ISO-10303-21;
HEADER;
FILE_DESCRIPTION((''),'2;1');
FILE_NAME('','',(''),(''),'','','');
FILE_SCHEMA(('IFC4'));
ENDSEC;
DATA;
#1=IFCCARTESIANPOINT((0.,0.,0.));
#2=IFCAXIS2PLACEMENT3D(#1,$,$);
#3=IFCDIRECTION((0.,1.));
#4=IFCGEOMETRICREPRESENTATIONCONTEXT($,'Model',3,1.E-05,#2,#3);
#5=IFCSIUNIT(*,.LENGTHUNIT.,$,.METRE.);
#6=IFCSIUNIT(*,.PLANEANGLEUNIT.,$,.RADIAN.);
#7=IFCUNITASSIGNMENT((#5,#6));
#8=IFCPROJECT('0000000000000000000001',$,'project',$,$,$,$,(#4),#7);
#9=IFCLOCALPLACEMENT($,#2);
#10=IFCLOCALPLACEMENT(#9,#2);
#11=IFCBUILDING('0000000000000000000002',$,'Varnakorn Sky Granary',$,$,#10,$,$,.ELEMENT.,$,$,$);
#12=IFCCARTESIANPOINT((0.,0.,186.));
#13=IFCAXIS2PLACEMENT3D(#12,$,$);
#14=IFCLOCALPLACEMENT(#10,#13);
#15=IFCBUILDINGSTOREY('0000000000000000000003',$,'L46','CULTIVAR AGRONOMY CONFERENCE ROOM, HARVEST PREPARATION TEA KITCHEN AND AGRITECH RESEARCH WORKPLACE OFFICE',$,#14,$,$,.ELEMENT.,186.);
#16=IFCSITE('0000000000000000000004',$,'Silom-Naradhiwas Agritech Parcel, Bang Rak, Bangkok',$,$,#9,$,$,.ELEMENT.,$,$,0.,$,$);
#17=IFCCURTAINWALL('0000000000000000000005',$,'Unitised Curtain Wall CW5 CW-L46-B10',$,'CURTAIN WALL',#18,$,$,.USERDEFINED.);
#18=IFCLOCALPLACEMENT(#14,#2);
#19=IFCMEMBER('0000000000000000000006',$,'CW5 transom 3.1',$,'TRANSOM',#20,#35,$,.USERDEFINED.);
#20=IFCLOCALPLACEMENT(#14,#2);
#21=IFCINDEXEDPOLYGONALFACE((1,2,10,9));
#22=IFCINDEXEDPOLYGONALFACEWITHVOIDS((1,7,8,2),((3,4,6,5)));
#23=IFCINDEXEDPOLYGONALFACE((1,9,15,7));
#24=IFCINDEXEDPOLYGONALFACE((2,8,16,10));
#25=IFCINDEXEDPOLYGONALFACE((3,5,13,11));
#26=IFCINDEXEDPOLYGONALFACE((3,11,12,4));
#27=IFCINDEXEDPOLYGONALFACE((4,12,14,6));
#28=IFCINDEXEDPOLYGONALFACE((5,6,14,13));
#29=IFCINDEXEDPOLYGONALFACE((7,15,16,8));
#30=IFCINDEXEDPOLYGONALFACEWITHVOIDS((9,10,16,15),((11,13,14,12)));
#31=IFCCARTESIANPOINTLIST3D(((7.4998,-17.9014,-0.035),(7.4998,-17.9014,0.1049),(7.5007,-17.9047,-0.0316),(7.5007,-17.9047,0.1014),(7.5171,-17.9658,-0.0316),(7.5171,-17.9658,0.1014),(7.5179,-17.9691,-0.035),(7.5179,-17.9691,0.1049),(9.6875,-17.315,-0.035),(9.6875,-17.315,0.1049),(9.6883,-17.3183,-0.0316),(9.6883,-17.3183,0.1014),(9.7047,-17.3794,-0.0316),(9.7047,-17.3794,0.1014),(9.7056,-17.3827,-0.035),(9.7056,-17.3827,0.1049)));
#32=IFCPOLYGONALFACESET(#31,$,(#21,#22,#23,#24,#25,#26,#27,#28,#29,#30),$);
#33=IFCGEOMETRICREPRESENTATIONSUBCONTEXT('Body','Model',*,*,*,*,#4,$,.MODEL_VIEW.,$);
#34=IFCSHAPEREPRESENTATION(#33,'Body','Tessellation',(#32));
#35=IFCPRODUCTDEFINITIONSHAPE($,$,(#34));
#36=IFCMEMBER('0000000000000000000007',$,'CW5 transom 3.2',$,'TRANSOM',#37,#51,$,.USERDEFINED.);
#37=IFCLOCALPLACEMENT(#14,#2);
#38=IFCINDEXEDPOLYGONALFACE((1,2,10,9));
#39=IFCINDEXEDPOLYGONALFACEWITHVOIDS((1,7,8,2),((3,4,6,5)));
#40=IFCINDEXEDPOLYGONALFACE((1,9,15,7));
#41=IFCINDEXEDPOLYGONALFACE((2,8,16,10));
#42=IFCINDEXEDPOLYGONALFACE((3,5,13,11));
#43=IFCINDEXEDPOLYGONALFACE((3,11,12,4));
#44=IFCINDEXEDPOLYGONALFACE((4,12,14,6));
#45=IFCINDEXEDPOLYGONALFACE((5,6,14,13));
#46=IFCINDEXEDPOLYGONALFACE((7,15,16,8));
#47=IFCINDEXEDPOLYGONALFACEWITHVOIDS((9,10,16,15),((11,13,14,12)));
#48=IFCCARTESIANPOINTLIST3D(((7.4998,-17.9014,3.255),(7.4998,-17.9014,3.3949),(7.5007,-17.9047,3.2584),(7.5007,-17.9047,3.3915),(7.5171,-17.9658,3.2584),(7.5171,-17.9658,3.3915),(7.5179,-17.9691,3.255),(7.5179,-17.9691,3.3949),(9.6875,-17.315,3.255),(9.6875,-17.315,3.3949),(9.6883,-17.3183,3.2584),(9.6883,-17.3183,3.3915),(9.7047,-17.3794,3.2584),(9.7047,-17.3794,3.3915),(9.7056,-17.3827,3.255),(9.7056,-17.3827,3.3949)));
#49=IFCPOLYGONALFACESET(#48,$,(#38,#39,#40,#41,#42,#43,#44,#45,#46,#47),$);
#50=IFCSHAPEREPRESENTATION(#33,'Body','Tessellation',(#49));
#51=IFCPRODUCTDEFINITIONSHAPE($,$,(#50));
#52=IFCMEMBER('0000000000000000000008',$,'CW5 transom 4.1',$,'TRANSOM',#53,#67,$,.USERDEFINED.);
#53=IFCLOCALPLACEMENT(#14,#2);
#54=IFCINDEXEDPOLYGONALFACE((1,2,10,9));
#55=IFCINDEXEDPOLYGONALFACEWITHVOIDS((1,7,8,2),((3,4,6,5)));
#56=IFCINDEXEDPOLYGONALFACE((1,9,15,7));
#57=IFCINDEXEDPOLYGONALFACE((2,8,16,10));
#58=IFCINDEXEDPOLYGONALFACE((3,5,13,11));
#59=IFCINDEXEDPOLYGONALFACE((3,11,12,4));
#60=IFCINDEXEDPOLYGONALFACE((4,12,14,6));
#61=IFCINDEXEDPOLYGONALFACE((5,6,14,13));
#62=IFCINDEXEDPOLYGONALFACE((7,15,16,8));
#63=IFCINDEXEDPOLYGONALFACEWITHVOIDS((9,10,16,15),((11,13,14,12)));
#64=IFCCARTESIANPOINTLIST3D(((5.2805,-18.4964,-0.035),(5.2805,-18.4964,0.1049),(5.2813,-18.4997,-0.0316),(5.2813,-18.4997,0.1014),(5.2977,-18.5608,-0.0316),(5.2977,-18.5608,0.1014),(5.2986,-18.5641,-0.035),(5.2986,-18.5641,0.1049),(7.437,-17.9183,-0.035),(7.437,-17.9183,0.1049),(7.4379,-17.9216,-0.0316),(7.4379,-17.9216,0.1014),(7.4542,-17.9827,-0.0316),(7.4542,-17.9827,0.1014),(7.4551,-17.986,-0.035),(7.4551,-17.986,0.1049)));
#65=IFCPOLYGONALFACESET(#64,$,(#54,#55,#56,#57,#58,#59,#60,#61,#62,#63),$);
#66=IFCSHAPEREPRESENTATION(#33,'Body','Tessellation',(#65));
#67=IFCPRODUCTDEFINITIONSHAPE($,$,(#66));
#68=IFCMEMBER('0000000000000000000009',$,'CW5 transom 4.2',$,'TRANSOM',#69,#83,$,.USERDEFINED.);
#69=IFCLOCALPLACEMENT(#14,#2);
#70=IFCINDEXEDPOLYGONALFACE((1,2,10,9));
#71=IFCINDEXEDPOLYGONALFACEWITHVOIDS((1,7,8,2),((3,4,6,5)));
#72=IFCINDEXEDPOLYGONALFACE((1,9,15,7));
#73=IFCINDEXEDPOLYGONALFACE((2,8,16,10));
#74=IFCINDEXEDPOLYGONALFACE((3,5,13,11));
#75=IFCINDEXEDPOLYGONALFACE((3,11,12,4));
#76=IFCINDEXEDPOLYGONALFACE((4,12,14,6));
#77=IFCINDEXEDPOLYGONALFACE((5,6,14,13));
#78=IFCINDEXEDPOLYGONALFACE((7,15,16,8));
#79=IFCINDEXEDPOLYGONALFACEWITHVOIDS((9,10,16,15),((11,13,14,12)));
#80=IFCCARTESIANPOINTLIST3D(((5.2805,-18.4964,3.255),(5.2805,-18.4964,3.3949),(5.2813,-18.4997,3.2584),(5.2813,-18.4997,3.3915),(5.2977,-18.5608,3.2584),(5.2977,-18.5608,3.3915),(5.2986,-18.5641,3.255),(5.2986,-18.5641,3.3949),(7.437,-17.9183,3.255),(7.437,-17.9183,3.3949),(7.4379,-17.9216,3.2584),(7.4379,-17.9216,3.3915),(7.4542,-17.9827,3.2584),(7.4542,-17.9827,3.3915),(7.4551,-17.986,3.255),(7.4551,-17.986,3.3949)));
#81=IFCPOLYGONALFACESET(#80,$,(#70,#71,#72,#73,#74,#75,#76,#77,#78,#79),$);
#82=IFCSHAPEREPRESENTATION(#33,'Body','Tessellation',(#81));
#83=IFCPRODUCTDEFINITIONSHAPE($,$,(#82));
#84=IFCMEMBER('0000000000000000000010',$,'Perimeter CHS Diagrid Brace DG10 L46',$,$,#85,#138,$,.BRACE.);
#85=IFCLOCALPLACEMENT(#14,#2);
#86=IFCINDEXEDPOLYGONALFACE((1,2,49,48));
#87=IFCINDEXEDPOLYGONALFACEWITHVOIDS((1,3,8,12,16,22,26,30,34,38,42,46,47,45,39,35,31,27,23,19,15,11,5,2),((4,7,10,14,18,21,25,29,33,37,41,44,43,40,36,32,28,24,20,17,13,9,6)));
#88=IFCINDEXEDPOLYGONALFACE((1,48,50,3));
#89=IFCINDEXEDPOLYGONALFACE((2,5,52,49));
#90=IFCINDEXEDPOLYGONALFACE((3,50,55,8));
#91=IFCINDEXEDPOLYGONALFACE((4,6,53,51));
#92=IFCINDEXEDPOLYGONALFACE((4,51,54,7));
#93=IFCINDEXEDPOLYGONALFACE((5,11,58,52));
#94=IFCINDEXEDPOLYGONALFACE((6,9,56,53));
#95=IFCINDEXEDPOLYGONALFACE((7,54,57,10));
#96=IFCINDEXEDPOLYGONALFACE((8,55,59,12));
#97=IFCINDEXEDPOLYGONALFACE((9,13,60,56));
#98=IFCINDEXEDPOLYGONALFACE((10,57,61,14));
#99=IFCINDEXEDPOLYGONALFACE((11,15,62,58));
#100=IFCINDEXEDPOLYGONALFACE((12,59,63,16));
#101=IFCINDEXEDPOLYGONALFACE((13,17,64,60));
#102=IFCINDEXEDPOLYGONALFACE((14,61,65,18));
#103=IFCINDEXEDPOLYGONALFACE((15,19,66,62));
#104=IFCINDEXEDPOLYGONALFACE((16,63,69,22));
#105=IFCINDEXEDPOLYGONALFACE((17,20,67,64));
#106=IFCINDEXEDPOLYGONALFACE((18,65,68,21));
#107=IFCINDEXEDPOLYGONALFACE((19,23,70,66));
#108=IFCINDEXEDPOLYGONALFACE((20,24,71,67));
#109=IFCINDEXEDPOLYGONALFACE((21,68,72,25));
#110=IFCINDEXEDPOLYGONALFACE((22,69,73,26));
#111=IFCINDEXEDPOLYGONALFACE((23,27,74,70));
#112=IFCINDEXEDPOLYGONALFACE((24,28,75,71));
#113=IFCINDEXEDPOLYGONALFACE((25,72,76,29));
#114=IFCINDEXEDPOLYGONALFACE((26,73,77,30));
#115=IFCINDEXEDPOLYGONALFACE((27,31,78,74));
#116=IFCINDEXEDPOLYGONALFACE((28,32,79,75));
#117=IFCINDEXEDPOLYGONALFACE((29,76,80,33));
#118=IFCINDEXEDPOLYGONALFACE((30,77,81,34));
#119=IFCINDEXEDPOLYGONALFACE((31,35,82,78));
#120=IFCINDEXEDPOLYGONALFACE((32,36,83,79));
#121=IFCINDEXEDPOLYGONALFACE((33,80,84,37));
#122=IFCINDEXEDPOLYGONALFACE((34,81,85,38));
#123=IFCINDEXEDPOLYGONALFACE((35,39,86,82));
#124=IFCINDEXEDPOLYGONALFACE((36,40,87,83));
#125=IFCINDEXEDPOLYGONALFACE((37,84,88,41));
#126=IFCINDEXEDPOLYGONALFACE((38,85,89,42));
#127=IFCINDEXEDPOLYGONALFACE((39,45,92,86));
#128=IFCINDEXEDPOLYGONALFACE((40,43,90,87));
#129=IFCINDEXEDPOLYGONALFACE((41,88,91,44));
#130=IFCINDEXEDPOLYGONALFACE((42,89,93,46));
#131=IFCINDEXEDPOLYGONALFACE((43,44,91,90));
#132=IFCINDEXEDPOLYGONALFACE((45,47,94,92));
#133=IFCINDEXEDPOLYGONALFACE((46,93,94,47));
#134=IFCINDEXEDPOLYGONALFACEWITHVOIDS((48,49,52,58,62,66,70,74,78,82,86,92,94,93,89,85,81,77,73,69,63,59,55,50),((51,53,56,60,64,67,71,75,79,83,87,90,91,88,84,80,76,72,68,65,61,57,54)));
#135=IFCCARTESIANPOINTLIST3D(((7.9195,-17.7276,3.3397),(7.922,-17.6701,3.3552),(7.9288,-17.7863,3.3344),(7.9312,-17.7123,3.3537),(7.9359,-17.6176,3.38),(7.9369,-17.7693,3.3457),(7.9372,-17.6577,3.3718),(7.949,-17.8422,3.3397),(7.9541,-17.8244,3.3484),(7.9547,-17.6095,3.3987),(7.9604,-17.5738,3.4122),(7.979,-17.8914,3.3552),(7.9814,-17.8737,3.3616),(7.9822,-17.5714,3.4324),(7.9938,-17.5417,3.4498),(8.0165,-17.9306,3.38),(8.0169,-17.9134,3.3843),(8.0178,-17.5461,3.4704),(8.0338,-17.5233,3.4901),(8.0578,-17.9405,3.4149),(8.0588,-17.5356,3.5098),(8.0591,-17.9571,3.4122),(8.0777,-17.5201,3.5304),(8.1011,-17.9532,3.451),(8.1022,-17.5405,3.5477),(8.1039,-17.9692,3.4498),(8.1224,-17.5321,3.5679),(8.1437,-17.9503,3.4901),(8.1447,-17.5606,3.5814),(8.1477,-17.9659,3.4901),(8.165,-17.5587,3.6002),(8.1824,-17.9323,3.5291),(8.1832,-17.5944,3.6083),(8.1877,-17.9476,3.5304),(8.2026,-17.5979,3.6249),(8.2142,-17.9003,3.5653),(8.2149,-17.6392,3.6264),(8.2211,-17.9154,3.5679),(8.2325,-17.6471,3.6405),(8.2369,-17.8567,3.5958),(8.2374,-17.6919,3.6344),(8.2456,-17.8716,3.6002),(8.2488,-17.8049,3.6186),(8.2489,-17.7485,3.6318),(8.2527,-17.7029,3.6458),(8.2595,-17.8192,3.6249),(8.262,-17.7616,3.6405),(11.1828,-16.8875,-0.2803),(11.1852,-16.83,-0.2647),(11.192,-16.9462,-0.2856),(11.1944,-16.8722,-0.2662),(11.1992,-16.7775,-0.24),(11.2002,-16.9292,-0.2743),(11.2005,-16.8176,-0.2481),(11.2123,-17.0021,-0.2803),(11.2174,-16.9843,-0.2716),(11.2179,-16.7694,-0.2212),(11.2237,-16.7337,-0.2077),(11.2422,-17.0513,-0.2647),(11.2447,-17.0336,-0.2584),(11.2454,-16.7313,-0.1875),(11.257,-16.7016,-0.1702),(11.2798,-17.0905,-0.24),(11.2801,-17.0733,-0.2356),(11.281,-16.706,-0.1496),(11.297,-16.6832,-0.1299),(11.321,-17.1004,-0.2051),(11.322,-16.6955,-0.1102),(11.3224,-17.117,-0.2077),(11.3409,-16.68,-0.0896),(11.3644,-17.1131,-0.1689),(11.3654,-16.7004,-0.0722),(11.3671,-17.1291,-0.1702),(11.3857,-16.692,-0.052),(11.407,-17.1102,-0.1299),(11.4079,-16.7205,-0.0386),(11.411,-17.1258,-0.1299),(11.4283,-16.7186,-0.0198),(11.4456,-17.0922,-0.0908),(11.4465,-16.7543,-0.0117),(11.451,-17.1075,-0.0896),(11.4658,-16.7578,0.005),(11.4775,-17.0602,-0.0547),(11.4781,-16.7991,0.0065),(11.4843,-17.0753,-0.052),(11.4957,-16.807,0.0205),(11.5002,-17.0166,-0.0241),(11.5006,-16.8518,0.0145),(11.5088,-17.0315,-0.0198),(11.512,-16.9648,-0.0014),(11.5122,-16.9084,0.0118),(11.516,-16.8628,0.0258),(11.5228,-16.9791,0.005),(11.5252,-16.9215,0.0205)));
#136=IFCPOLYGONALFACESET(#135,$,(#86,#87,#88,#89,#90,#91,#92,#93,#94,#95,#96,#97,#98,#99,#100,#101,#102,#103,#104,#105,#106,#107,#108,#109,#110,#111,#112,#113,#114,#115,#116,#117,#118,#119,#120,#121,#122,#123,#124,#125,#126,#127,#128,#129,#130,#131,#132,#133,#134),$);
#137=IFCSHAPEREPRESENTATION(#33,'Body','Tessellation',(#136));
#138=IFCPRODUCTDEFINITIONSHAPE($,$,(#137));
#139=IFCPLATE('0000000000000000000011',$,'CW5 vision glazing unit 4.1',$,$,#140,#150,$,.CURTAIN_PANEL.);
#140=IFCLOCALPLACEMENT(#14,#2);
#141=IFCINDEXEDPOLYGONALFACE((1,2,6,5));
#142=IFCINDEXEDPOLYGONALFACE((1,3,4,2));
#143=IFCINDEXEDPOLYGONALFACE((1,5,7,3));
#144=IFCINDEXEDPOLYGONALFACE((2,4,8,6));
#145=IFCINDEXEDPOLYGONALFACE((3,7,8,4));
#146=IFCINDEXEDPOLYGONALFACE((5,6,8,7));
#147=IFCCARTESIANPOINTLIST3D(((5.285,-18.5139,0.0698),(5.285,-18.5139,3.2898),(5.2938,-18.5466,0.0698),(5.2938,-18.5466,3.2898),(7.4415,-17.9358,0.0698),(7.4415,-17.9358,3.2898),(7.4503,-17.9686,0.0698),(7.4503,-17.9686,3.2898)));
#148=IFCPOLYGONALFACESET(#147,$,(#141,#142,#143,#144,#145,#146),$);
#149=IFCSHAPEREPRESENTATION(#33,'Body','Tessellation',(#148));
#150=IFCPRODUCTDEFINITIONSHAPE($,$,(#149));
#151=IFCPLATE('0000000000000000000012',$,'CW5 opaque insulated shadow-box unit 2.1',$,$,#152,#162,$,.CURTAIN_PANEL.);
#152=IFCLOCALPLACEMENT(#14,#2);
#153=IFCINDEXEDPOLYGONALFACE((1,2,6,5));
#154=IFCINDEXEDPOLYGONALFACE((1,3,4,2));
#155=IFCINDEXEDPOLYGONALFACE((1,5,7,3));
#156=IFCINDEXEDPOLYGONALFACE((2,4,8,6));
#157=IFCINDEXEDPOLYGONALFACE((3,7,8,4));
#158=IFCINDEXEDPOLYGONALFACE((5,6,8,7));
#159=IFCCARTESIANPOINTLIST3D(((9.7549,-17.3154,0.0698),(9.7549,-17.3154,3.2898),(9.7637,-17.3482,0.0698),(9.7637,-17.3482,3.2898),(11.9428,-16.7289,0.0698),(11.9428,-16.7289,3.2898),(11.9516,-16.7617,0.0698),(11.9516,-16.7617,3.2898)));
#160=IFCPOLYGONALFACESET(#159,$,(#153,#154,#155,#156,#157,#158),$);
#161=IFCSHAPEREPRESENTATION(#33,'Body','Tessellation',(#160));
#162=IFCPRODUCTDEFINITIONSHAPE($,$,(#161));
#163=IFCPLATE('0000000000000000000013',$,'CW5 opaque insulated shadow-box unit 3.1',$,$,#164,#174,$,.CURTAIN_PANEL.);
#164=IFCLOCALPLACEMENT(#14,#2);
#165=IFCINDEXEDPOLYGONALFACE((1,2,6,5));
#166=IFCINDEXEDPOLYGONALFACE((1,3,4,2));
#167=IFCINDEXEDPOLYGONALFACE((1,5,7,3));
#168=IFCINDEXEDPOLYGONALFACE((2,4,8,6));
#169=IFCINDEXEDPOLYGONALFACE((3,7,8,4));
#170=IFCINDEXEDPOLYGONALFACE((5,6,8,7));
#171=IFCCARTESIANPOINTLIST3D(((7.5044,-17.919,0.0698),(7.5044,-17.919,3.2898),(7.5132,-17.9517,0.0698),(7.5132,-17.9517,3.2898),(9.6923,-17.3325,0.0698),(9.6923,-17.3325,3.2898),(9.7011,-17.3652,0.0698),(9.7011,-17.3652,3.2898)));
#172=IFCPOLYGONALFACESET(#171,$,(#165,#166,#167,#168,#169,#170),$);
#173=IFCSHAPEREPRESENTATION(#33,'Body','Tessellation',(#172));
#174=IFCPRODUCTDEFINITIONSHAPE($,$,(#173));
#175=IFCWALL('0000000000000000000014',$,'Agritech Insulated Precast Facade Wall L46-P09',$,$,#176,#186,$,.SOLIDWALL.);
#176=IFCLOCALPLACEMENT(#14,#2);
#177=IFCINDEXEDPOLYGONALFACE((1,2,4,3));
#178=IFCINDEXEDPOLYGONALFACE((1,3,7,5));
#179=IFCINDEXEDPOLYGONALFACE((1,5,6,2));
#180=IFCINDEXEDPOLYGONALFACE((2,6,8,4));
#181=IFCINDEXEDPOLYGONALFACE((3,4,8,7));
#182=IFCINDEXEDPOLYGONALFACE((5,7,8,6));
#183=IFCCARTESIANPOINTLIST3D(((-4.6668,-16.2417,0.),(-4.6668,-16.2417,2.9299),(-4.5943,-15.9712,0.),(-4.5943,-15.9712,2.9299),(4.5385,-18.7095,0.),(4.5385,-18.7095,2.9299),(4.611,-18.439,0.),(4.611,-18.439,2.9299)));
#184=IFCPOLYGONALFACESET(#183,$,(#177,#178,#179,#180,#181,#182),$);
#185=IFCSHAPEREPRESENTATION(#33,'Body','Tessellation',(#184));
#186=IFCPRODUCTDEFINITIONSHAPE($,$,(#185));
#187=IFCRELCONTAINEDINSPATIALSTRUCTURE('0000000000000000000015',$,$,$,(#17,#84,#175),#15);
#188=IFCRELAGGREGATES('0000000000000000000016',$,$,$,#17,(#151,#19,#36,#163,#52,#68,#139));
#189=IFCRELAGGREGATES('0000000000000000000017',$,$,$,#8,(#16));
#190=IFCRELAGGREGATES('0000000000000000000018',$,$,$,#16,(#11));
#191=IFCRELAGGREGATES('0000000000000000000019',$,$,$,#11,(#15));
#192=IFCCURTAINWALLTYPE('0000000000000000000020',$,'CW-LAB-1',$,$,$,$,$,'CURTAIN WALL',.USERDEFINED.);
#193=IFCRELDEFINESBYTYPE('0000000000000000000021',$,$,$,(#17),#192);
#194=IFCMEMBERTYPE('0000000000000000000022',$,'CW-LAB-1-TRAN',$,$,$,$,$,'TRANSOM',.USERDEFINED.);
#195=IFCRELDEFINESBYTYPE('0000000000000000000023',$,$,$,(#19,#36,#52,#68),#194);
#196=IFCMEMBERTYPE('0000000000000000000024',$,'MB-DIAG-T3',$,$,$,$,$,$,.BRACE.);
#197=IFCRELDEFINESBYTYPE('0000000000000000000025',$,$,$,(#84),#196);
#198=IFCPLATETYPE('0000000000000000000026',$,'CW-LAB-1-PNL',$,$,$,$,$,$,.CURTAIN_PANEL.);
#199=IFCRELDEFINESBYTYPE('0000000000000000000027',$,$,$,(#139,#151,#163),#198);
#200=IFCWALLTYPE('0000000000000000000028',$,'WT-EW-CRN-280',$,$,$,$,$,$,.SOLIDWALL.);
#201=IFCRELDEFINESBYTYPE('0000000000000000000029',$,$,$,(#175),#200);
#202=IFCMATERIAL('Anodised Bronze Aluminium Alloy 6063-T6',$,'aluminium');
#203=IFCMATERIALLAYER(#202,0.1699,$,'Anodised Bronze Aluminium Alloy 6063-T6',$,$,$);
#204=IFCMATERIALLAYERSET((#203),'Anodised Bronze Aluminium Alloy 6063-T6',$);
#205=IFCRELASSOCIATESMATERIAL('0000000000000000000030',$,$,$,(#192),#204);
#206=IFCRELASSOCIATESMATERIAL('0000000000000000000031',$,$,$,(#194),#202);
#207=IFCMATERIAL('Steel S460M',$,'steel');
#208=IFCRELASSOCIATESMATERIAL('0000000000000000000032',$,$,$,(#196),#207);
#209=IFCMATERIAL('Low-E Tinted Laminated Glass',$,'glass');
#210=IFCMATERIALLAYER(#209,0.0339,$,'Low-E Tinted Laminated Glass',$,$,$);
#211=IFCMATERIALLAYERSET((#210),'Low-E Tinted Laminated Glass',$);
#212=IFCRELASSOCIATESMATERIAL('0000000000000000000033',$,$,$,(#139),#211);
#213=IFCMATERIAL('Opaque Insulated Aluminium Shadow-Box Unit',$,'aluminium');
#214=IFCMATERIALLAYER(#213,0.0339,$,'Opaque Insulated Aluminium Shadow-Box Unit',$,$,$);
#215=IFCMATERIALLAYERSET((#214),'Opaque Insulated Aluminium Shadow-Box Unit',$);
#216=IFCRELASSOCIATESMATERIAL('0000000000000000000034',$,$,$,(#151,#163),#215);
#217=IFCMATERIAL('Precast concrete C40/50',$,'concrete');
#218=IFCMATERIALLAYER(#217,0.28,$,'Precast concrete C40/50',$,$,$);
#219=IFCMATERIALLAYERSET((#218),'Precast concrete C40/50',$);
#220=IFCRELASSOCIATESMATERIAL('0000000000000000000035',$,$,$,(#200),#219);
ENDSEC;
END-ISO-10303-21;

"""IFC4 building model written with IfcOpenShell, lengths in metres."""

from ifc_helpers import new_model, si_unit, direction, frame, frame_2d, origin, origin_2d, place, context, subcontext, project, spatial, rectangle, hollow_rectangle, hollow_circle, extrude, source, transform, mapped, material, layer, layer_set, material_profile, profile_set, type_object, type_shapes, element, aggregate, save


model = new_model("IFC4")

# Units and contexts
model_context = context("Model", 3, precision=1e-05, world=origin(), true_north=direction((0.0, 1.0)))
body_context = subcontext(model_context, "Body", "Model", "MODEL_VIEW")
ifc_project = project(units=[si_unit("LENGTHUNIT", "METRE"), si_unit("PLANEANGLEUNIT", "RADIAN")], contexts=[model_context])

# Site, building, storey
site_placement = place(None, origin())
site = spatial("IfcSite", under=ifc_project, at=site_placement, Name="Silom-Naradhiwas Agritech Parcel, Bang Rak, Bangkok", CompositionType="ELEMENT", RefElevation=0.0)
building_placement = place(site_placement, origin())
building = spatial("IfcBuilding", under=site, at=building_placement, Name="Varnakorn Sky Granary", CompositionType="ELEMENT")
storey_placement = place(building_placement, frame((0.0, 0.0, 186.0)))
storey = spatial("IfcBuildingStorey", under=building, at=storey_placement, Name="L46", Description="CULTIVAR AGRONOMY CONFERENCE ROOM, HARVEST PREPARATION TEA KITCHEN AND AGRITECH RESEARCH WORKPLACE OFFICE", CompositionType="ELEMENT", Elevation=186.0)

# Shared definitions
ifc_material_1 = material(Name="Steel S460M", Category="steel")

# Curtain wall, members
ifc_material_2 = material(Name="Anodised Bronze Aluminium Alloy 6063-T6", Category="aluminium")
ifc_layer_1 = layer(ifc_material_2, 0.1699, Name="Anodised Bronze Aluminium Alloy 6063-T6")
ifc_layer_set_1 = layer_set([ifc_layer_1], Name="Anodised Bronze Aluminium Alloy 6063-T6")
curtain_wall_type = type_object("IfcCurtainWallType", Name="CW-LAB-1", ElementType="CURTAIN WALL", PredefinedType="USERDEFINED", material=ifc_layer_set_1)
curtain_wall_placement = place(storey_placement, origin())
curtain_wall = element("IfcCurtainWall", 1, at=curtain_wall_placement, inside=storey, type_object=curtain_wall_type, Name="Unitised Curtain Wall CW5 CW-L46-B10", ObjectType="CURTAIN WALL", PredefinedType="USERDEFINED")
ifc_material_profile_1 = material_profile(ifc_material_2, hollow_rectangle(XDim=0.0701, YDim=0.1399, WallThickness=0.0034, at=origin_2d()), Name="ALU TRAN 70x140")
ifc_profile_set_1 = profile_set([ifc_material_profile_1], Name="Anodised Bronze Aluminium Alloy 6063-T6")
member_type_1 = type_object("IfcMemberType", Name="CW-LAB-1-TRAN", ElementType="TRANSOM", PredefinedType="USERDEFINED", material=ifc_profile_set_1)
member_1_placement = place(storey_placement, frame((9.6965, -17.3489, 0.0349), z_axis=(-0.965901, -0.25891, 0.0), x_axis=(0.25891, -0.965901, 0.0)))
member_1 = element("IfcMember", 2, at=member_1_placement, type_object=member_type_1, Name="CW5 transom 3.1", ObjectType="TRANSOM", PredefinedType="USERDEFINED", context=body_context, shape_type="SweptSolid", body=[
    extrude(hollow_rectangle(XDim=0.0701, YDim=0.1399, WallThickness=0.0034, at=origin_2d()), origin(), (0.0, 0.0, 1.0), 2.2649),
])
member_2_placement = place(storey_placement, frame((9.6965, -17.3489, 3.325), z_axis=(-0.965901, -0.25891, 0.0), x_axis=(0.25891, -0.965901, 0.0)))
member_2 = element("IfcMember", 3, at=member_2_placement, type_object=member_type_1, Name="CW5 transom 3.2", ObjectType="TRANSOM", PredefinedType="USERDEFINED", context=body_context, shape_type="SweptSolid", body=[
    extrude(hollow_rectangle(XDim=0.0701, YDim=0.1399, WallThickness=0.0034, at=origin_2d()), origin(), (0.0, 0.0, 1.0), 2.2649),
])
member_3_placement = place(storey_placement, frame((7.446, -17.9521, 0.0349), z_axis=(-0.965893, -0.258942, 0.0), x_axis=(0.258942, -0.965893, 0.0)))
member_3 = element("IfcMember", 4, at=member_3_placement, type_object=member_type_1, Name="CW5 transom 4.1", ObjectType="TRANSOM", PredefinedType="USERDEFINED", context=body_context, shape_type="SweptSolid", body=[
    extrude(hollow_rectangle(XDim=0.0701, YDim=0.1399, WallThickness=0.0034, at=origin_2d()), origin(), (0.0, 0.0, 1.0), 2.2327),
])
member_4_placement = place(storey_placement, frame((7.446, -17.9521, 3.325), z_axis=(-0.965893, -0.258942, 0.0), x_axis=(0.258942, -0.965893, 0.0)))
member_4 = element("IfcMember", 5, at=member_4_placement, type_object=member_type_1, Name="CW5 transom 4.2", ObjectType="TRANSOM", PredefinedType="USERDEFINED", context=body_context, shape_type="SweptSolid", body=[
    extrude(hollow_rectangle(XDim=0.0701, YDim=0.1399, WallThickness=0.0034, at=origin_2d()), origin(), (0.0, 0.0, 1.0), 2.2327),
])

# Member
ifc_material_profile_2 = material_profile(ifc_material_1, hollow_circle(Radius=0.2285, WallThickness=0.0161, at=origin_2d()), Name="CHS 457x16")
ifc_profile_set_2 = profile_set([ifc_material_profile_2], Name="Steel S460M")
member_type_2 = type_object("IfcMemberType", Name="MB-DIAG-T3", PredefinedType="BRACE", material=ifc_profile_set_2)
member_5_placement = place(storey_placement, frame((11.354, -16.9045, -0.1299), z_axis=(-0.659834, -0.16987, 0.731959), x_axis=(0.249315, -0.968422, 0.0)))
element("IfcMember", 6, at=member_5_placement, inside=storey, type_object=member_type_2, Name="Perimeter CHS Diagrid Brace DG10 L46", PredefinedType="BRACE", context=body_context, shape_type="SweptSolid", body=[
    extrude(hollow_circle(Radius=0.2285, WallThickness=0.0161, at=origin_2d()), origin(), (0.0, 0.0, 1.0), 4.9456),
])

# Plates
ifc_material_3 = material(Name="Low-E Tinted Laminated Glass", Category="glass")
ifc_layer_2 = layer(ifc_material_3, 0.0339, Name="Low-E Tinted Laminated Glass")
ifc_layer_set_2 = layer_set([ifc_layer_2], Name="Low-E Tinted Laminated Glass")
plate_type = type_object("IfcPlateType", Name="CW-LAB-1-PNL", PredefinedType="CURTAIN_PANEL")
shared_shape_1 = source(origin(), body_context, "Body", "SweptSolid", [
    extrude(rectangle(XDim=2.2327, YDim=0.0339, at=origin_2d()), origin(), (0.0, 0.0, 1.0), 3.22),
])
plate_1_placement = place(storey_placement, frame((6.3677, -18.2412, 0.0698), z_axis=(0.0, 0.0, 1.0), x_axis=(-0.965897, -0.258925, 0.0)))
plate_1 = element("IfcPlate", 7, at=plate_1_placement, type_object=plate_type, material=ifc_layer_set_2, Name="CW5 vision glazing unit 4.1", PredefinedType="CURTAIN_PANEL", context=body_context, shape_type="MappedRepresentation", body=[
    mapped(shared_shape_1, transform((0.0, 0.0, 0.0), x_axis=(1.0, 0.0, 0.0), y_axis=(0.0, 1.0, 0.0), z_axis=(0.0, 0.0, 1.0), scale=1.0)),
])
ifc_material_4 = material(Name="Opaque Insulated Aluminium Shadow-Box Unit", Category="aluminium")
ifc_layer_3 = layer(ifc_material_4, 0.0339, Name="Opaque Insulated Aluminium Shadow-Box Unit")
ifc_layer_set_3 = layer_set([ifc_layer_3], Name="Opaque Insulated Aluminium Shadow-Box Unit")
shared_shape_2 = source(origin(), body_context, "Body", "SweptSolid", [
    extrude(rectangle(XDim=2.2651, YDim=0.0339, at=origin_2d()), origin(), (0.0, 0.0, 1.0), 3.22),
])
type_shapes(plate_type, [shared_shape_1, shared_shape_2])
plate_2_placement = place(storey_placement, frame((10.8533, -17.0386, 0.0698), z_axis=(0.0, 0.0, 1.0), x_axis=(-0.965897, -0.258925, 0.0)))
plate_2 = element("IfcPlate", 8, at=plate_2_placement, type_object=plate_type, material=ifc_layer_set_3, Name="CW5 opaque insulated shadow-box unit 2.1", PredefinedType="CURTAIN_PANEL", context=body_context, shape_type="MappedRepresentation", body=[
    mapped(shared_shape_2, transform((0.0, 0.0, 0.0), x_axis=(1.0, 0.0, 0.0), y_axis=(0.0, 1.0, 0.0), z_axis=(0.0, 0.0, 1.0), scale=1.0)),
])
plate_3_placement = place(storey_placement, frame((8.6028, -17.6421, 0.0698), z_axis=(0.0, 0.0, 1.0), x_axis=(-0.965897, -0.258925, 0.0)))
plate_3 = element("IfcPlate", 9, at=plate_3_placement, type_object=plate_type, material=ifc_layer_set_3, Name="CW5 opaque insulated shadow-box unit 3.1", PredefinedType="CURTAIN_PANEL", context=body_context, shape_type="MappedRepresentation", body=[
    mapped(shared_shape_2, transform((0.0, 0.0, 0.0), x_axis=(1.0, 0.0, 0.0), y_axis=(0.0, 1.0, 0.0), z_axis=(0.0, 0.0, 1.0), scale=1.0)),
])
aggregate(curtain_wall, [plate_2, member_1, member_2, plate_3, member_3, member_4, plate_1])

# Wall
ifc_material_5 = material(Name="Precast concrete C40/50", Category="concrete")
ifc_layer_4 = layer(ifc_material_5, 0.28, Name="Precast concrete C40/50")
ifc_layer_set_4 = layer_set([ifc_layer_4], Name="Precast concrete C40/50")
wall_type = type_object("IfcWallType", Name="WT-EW-CRN-280", PredefinedType="SOLIDWALL", material=ifc_layer_set_4)
wall_placement = place(storey_placement, frame((4.5747, -18.5742, 0.0), z_axis=(0.0, 0.0, 1.0), x_axis=(-0.965894, 0.258938, 0.0)))
element("IfcWall", 10, at=wall_placement, inside=storey, type_object=wall_type, Name="Agritech Insulated Precast Facade Wall L46-P09", PredefinedType="SOLIDWALL", context=body_context, shape_type="SweptSolid", body=[
    extrude(rectangle(XDim=9.5303, YDim=0.28, at=frame_2d((4.7651, 0.0))), origin(), (0.0, 0.0, 1.0), 2.9299),
])

save(model, "model.ifc")
